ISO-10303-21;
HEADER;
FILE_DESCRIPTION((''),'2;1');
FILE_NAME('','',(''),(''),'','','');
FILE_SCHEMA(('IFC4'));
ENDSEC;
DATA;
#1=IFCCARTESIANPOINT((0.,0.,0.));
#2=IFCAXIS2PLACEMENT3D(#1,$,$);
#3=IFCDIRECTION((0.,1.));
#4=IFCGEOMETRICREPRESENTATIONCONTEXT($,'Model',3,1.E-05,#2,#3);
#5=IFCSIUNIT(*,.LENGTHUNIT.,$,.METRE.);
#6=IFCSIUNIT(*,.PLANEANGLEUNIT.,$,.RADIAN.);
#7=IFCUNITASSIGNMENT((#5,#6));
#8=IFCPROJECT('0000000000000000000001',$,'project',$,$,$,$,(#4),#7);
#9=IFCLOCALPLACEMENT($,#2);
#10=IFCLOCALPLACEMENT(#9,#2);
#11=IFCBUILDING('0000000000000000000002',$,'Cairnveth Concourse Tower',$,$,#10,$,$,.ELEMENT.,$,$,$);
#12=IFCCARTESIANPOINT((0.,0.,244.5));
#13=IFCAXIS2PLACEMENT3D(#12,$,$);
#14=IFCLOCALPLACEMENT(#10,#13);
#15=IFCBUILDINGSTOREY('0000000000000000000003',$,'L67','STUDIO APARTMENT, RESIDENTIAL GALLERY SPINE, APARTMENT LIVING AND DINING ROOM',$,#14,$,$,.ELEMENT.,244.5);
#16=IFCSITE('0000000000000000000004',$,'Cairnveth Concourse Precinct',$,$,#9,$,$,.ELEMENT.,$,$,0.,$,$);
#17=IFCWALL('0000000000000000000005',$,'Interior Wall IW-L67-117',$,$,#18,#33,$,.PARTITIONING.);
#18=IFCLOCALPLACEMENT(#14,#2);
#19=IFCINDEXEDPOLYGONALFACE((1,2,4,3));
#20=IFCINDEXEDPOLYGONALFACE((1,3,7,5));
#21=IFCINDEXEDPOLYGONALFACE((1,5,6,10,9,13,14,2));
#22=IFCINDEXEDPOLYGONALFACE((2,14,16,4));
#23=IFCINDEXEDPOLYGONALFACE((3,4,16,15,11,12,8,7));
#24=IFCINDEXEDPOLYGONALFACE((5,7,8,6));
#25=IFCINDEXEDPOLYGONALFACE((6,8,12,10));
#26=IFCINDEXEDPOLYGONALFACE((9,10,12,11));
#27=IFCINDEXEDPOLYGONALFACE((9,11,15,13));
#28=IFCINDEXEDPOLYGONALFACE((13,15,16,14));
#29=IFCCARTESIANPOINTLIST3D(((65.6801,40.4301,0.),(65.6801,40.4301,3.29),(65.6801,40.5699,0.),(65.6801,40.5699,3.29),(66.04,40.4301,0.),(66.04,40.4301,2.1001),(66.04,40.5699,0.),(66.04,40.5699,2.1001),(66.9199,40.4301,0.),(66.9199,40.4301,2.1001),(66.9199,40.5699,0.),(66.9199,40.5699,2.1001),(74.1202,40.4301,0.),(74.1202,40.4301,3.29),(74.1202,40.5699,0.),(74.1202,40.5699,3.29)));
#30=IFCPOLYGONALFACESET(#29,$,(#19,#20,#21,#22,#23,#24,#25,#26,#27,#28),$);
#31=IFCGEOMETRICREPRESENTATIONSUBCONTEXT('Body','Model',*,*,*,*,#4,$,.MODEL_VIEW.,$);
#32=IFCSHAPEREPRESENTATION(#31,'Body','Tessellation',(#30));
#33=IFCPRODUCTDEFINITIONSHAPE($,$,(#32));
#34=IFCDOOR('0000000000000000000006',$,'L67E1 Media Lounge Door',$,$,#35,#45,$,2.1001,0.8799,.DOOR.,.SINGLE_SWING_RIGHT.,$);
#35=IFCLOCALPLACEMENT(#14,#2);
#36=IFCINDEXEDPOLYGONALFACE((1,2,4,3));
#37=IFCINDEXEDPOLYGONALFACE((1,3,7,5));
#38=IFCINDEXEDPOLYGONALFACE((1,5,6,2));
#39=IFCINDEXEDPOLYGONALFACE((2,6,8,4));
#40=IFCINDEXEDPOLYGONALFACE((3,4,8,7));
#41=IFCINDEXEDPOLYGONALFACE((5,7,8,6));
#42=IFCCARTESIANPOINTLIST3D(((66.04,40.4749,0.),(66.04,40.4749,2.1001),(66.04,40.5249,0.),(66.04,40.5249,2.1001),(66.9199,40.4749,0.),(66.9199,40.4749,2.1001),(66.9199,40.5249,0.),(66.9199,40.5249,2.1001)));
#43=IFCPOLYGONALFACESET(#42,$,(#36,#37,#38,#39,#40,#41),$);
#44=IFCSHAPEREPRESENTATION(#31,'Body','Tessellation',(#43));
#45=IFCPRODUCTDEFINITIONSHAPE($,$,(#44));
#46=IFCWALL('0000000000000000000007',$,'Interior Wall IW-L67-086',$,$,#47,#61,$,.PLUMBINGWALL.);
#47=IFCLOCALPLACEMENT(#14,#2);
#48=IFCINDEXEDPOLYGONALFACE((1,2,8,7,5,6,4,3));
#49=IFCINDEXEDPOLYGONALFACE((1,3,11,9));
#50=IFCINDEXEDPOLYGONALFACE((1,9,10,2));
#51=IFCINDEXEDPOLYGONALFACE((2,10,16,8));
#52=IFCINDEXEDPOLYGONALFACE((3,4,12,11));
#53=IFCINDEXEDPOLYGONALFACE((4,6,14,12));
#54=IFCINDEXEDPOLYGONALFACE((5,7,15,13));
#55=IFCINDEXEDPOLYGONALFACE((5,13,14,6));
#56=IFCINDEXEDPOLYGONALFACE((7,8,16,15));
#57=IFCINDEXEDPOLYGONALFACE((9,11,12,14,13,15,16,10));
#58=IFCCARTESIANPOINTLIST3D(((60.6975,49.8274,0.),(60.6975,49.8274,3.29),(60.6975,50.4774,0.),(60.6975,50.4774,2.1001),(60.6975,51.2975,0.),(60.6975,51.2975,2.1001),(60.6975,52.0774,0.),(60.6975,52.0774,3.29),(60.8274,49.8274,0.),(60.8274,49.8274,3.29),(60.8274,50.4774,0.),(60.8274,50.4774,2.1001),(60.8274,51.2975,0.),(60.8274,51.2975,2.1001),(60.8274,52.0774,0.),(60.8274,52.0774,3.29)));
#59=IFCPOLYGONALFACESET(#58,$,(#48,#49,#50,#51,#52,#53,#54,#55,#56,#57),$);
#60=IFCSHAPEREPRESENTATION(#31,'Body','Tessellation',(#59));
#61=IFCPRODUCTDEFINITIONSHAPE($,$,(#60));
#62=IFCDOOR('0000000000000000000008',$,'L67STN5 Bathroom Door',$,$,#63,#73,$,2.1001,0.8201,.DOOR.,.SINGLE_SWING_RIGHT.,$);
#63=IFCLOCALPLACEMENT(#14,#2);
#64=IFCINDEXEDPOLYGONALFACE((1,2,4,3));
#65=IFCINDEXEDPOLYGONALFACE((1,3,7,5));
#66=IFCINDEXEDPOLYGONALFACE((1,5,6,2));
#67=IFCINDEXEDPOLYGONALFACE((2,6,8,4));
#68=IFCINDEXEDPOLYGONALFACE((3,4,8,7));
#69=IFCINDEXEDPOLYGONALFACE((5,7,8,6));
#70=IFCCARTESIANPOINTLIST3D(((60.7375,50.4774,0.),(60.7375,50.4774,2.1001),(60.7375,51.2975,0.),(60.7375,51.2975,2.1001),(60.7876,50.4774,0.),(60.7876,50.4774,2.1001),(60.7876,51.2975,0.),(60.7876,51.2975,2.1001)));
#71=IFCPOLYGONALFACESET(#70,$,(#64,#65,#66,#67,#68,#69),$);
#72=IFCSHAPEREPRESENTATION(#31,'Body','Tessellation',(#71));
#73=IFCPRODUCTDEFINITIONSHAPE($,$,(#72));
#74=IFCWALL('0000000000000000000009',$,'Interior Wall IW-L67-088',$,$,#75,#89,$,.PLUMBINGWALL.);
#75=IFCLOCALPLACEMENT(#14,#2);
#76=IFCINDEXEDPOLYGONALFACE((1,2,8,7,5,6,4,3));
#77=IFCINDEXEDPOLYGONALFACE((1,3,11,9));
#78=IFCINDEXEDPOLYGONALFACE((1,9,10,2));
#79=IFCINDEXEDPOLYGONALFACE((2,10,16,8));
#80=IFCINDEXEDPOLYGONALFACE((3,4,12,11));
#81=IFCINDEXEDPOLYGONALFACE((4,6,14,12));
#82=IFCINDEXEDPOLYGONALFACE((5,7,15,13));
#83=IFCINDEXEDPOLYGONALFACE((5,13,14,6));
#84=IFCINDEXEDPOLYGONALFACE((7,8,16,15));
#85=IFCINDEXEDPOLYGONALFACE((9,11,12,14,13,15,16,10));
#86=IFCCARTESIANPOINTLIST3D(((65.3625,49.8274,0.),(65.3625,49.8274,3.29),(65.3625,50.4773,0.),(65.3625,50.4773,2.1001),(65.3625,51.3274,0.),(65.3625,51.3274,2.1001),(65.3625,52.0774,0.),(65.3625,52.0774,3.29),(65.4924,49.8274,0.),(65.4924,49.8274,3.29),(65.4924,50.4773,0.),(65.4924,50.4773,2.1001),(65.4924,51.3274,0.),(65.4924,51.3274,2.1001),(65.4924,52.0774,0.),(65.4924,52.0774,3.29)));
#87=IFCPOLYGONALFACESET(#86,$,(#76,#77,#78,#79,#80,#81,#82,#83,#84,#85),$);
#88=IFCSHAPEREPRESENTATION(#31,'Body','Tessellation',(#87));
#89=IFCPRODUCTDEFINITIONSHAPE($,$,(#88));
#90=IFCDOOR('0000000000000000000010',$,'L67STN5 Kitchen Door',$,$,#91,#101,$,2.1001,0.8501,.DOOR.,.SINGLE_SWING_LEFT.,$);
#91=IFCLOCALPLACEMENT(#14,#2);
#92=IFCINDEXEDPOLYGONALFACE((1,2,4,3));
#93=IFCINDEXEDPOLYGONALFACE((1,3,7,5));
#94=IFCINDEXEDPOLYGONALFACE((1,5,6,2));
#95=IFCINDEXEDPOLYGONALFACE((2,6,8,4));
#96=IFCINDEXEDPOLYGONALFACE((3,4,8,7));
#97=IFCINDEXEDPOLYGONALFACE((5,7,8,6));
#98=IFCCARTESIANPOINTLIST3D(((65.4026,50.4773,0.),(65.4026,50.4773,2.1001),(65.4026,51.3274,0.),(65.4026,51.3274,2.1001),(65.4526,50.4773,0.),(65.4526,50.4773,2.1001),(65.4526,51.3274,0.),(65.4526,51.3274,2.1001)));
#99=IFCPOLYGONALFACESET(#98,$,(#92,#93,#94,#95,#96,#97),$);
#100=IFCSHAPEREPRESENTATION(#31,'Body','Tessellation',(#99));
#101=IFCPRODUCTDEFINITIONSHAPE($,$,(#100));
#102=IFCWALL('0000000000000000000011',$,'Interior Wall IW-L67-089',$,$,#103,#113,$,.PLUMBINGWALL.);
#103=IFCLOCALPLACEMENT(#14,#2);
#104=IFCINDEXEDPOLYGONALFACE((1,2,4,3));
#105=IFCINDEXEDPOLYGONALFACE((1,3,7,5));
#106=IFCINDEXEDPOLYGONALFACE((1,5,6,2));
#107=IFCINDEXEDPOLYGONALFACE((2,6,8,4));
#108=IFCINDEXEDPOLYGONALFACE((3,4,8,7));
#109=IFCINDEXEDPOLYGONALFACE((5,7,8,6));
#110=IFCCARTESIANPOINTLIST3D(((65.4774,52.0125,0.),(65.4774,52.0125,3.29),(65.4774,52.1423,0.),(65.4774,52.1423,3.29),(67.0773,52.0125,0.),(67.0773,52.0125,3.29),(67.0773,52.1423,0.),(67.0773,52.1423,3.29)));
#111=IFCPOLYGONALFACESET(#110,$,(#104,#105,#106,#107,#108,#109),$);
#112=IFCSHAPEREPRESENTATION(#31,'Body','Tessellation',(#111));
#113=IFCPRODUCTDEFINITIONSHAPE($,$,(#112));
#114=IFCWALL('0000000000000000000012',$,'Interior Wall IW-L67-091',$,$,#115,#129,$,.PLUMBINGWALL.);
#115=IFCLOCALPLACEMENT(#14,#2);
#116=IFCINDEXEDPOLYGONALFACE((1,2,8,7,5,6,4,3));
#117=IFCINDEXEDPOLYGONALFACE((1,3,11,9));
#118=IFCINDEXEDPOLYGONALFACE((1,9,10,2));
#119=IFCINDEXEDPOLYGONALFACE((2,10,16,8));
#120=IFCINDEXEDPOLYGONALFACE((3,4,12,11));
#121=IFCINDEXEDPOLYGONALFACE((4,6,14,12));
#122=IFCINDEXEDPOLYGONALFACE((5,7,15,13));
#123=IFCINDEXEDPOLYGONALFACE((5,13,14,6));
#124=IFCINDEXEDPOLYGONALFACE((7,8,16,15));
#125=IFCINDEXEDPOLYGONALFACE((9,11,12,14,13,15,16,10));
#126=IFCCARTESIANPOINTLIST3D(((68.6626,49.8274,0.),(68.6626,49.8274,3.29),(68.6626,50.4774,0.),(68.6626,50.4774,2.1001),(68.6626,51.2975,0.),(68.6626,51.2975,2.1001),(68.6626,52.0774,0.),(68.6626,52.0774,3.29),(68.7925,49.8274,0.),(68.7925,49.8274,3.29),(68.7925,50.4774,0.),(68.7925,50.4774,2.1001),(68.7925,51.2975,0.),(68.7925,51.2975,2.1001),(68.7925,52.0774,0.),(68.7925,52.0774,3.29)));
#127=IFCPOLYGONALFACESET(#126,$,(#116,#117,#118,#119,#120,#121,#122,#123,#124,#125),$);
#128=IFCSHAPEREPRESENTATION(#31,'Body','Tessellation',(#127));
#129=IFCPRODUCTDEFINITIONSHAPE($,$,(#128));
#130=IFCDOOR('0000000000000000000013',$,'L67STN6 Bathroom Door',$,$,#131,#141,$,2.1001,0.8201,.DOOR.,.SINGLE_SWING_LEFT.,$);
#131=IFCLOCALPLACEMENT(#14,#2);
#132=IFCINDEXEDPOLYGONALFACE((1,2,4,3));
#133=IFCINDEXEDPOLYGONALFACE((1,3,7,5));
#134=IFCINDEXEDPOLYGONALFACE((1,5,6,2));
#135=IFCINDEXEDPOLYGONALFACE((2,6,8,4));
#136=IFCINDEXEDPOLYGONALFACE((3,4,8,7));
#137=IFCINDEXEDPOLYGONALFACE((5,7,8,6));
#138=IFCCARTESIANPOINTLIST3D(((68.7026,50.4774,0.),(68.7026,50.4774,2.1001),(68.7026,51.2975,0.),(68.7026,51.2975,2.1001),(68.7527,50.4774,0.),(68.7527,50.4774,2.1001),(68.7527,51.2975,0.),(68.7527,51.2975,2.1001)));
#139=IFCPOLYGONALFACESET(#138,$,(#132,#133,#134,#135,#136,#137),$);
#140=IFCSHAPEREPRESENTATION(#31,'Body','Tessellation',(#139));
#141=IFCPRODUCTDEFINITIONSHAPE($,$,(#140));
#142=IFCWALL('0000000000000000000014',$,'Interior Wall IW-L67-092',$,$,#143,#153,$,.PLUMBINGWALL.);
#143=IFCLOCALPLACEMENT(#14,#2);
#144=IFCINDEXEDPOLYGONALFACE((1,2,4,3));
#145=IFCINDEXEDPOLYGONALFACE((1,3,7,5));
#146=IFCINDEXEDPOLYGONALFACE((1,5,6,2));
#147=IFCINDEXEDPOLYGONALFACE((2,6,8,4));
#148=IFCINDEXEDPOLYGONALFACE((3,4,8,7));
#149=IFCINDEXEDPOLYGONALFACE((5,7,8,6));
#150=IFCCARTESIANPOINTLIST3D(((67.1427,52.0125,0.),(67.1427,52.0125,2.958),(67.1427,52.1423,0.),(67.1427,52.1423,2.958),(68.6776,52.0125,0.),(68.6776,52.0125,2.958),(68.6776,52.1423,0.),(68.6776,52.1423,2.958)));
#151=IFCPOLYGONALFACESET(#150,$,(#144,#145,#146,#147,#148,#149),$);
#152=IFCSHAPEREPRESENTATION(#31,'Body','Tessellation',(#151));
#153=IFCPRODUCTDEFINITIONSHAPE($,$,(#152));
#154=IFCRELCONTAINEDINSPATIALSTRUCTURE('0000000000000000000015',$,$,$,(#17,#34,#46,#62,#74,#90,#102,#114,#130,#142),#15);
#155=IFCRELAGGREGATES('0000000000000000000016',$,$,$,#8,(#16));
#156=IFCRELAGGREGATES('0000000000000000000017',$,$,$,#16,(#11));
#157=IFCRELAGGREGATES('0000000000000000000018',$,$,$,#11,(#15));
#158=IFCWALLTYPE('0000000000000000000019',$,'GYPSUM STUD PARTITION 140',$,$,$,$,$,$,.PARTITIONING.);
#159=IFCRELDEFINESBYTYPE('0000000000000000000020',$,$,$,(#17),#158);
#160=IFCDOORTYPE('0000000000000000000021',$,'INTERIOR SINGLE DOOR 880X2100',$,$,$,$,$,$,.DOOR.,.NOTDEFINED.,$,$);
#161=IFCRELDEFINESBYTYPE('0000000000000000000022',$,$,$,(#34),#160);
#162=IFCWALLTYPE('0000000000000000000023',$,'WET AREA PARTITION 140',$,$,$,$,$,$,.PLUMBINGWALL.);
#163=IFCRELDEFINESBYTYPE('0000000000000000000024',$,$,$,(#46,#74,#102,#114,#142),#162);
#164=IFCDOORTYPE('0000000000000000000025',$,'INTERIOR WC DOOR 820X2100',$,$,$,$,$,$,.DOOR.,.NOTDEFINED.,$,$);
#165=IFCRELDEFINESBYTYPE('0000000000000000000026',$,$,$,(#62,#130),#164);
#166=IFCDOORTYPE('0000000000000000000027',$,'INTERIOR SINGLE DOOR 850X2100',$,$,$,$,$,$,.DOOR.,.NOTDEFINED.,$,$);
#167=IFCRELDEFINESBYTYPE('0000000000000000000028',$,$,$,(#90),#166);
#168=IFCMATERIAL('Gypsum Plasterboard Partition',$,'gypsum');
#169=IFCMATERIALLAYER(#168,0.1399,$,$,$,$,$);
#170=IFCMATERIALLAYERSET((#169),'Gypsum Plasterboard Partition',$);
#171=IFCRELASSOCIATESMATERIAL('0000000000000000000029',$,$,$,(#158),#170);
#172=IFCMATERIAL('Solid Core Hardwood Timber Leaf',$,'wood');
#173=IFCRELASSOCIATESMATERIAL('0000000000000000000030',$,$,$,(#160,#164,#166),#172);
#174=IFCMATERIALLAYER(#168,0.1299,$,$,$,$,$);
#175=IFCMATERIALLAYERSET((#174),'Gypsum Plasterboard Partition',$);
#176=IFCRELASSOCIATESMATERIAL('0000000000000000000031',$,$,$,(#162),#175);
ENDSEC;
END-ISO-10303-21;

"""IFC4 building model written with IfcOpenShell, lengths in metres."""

from ifc_helpers import new_model, si_unit, direction, frame, frame_2d, origin, place, context, subcontext, project, spatial, rectangle, extrude, material, layer, layer_set, type_object, element, fill, save


model = new_model("IFC4")

# Units and contexts
model_context = context("Model", 3, precision=1e-05, world=origin(), true_north=direction((0.0, 1.0)))
body_context = subcontext(model_context, "Body", "Model", "MODEL_VIEW")
ifc_project = project(units=[si_unit("LENGTHUNIT", "METRE"), si_unit("PLANEANGLEUNIT", "RADIAN")], contexts=[model_context])

# Site, building, storey
site_placement = place(None, origin())
site = spatial("IfcSite", under=ifc_project, at=site_placement, Name="Cairnveth Concourse Precinct", CompositionType="ELEMENT", RefElevation=0.0)
building_placement = place(site_placement, origin())
building = spatial("IfcBuilding", under=site, at=building_placement, Name="Cairnveth Concourse Tower", CompositionType="ELEMENT")
storey_placement = place(building_placement, frame((0.0, 0.0, 244.5)))
storey = spatial("IfcBuildingStorey", under=building, at=storey_placement, Name="L67", Description="STUDIO APARTMENT, RESIDENTIAL GALLERY SPINE, APARTMENT LIVING AND DINING ROOM", CompositionType="ELEMENT", Elevation=244.5)

# Shared definitions
ifc_material_1 = material(Name="Gypsum Plasterboard Partition", Category="gypsum")

# Walls, openings, doors
ifc_layer_1 = layer(ifc_material_1, 0.1399)
ifc_layer_set_1 = layer_set([ifc_layer_1], Name="Gypsum Plasterboard Partition")
wall_type_1 = type_object("IfcWallType", Name="GYPSUM STUD PARTITION 140", PredefinedType="PARTITIONING", material=ifc_layer_set_1)
ifc_material_2 = material(Name="Solid Core Hardwood Timber Leaf", Category="wood")
door_type_1 = type_object("IfcDoorType", Name="INTERIOR SINGLE DOOR 880X2100", OperationType="NOTDEFINED", PredefinedType="DOOR", material=ifc_material_2)
door_type_2 = type_object("IfcDoorType", Name="INTERIOR WC DOOR 820X2100", OperationType="NOTDEFINED", PredefinedType="DOOR", material=ifc_material_2)
wall_1_placement = place(storey_placement, frame((65.6799, 40.5, 0.0), z_axis=(0.0, 0.0, 1.0), x_axis=(1.0, 0.0, 0.0)))
wall_1 = element("IfcWall", 1, at=wall_1_placement, inside=storey, type_object=wall_type_1, Name="Interior Wall IW-L67-117", PredefinedType="PARTITIONING", context=body_context, shape_type="SweptSolid", body=[
    extrude(rectangle(XDim=8.4402, YDim=0.1399, at=frame_2d((4.2202, 0.0))), origin(), (0.0, 0.0, 1.0), 3.29),
])
opening_1_placement = place(wall_1_placement, frame((0.3601, 0.0, 0.0)))
opening_1 = element("IfcOpeningElement", 2, at=opening_1_placement, cuts=wall_1, PredefinedType="OPENING", context=body_context, shape_type="SweptSolid", body=[
    extrude(rectangle(XDim=0.8799, YDim=2.1001, at=frame_2d((0.4399, 1.05))), frame((0.0, 0.0798, 0.0), z_axis=(0.0, -1.0, 0.0), x_axis=(1.0, 0.0, 0.0)), (0.0, 0.0, 1.0), 0.1599),
])
door_1_placement = place(opening_1_placement, origin())
door_1 = element("IfcDoor", 3, at=door_1_placement, inside=storey, type_object=door_type_1, Name="L67E1 Media Lounge Door", OperationType="SINGLE_SWING_RIGHT", OverallHeight=2.1001, OverallWidth=0.8799, PredefinedType="DOOR", context=body_context, shape_type="SweptSolid", body=[
    extrude(rectangle(XDim=0.8799, YDim=2.1001, at=frame_2d((0.4399, 1.05))), frame((0.0, 0.0249, 0.0), z_axis=(0.0, -1.0, 0.0), x_axis=(1.0, 0.0, 0.0)), (0.0, 0.0, 1.0), 0.05),
])
fill(opening_1, door_1)
ifc_layer_2 = layer(ifc_material_1, 0.1299)
ifc_layer_set_2 = layer_set([ifc_layer_2], Name="Gypsum Plasterboard Partition")
wall_type_2 = type_object("IfcWallType", Name="WET AREA PARTITION 140", PredefinedType="PLUMBINGWALL", material=ifc_layer_set_2)
wall_2_placement = place(storey_placement, frame((60.7625, 49.8274, 0.0), z_axis=(0.0, 0.0, 1.0), x_axis=(0.0, 1.0, 0.0)))
wall_2 = element("IfcWall", 4, at=wall_2_placement, inside=storey, type_object=wall_type_2, Name="Interior Wall IW-L67-086", PredefinedType="PLUMBINGWALL", context=body_context, shape_type="SweptSolid", body=[
    extrude(rectangle(XDim=2.25, YDim=0.1299, at=frame_2d((1.125, 0.0))), origin(), (0.0, 0.0, 1.0), 3.29),
])
opening_2_placement = place(wall_2_placement, frame((0.6499, 0.0, 0.0)))
opening_2 = element("IfcOpeningElement", 5, at=opening_2_placement, cuts=wall_2, PredefinedType="OPENING", context=body_context, shape_type="SweptSolid", body=[
    extrude(rectangle(XDim=0.8201, YDim=2.1001, at=frame_2d((0.4102, 1.05))), frame((0.0, 0.075, 0.0), z_axis=(0.0, -1.0, 0.0), x_axis=(1.0, 0.0, 0.0)), (0.0, 0.0, 1.0), 0.1499),
])
door_2_placement = place(opening_2_placement, origin())
door_2 = element("IfcDoor", 6, at=door_2_placement, inside=storey, type_object=door_type_2, Name="L67STN5 Bathroom Door", OperationType="SINGLE_SWING_RIGHT", OverallHeight=2.1001, OverallWidth=0.8201, PredefinedType="DOOR", context=body_context, shape_type="SweptSolid", body=[
    extrude(rectangle(XDim=0.8201, YDim=2.1001, at=frame_2d((0.4102, 1.05))), frame((0.0, 0.0249, 0.0), z_axis=(0.0, -1.0, 0.0), x_axis=(1.0, 0.0, 0.0)), (0.0, 0.0, 1.0), 0.05),
])
fill(opening_2, door_2)
wall_3_placement = place(storey_placement, frame((65.4275, 49.8274, 0.0), z_axis=(0.0, 0.0, 1.0), x_axis=(0.0, 1.0, 0.0)))
wall_3 = element("IfcWall", 7, at=wall_3_placement, inside=storey, type_object=wall_type_2, Name="Interior Wall IW-L67-088", PredefinedType="PLUMBINGWALL", context=body_context, shape_type="SweptSolid", body=[
    extrude(rectangle(XDim=2.25, YDim=0.1299, at=frame_2d((1.125, 0.0))), origin(), (0.0, 0.0, 1.0), 3.29),
])
opening_3_placement = place(wall_3_placement, frame((0.6499, 0.0, 0.0)))
opening_3 = element("IfcOpeningElement", 8, at=opening_3_placement, cuts=wall_3, PredefinedType="OPENING", context=body_context, shape_type="SweptSolid", body=[
    extrude(rectangle(XDim=0.8501, YDim=2.1001, at=frame_2d((0.425, 1.05))), frame((0.0, 0.075, 0.0), z_axis=(0.0, -1.0, 0.0), x_axis=(1.0, 0.0, 0.0)), (0.0, 0.0, 1.0), 0.1499),
])
door_type_3 = type_object("IfcDoorType", Name="INTERIOR SINGLE DOOR 850X2100", OperationType="NOTDEFINED", PredefinedType="DOOR", material=ifc_material_2)
door_3_placement = place(opening_3_placement, origin())
door_3 = element("IfcDoor", 9, at=door_3_placement, inside=storey, type_object=door_type_3, Name="L67STN5 Kitchen Door", OperationType="SINGLE_SWING_LEFT", OverallHeight=2.1001, OverallWidth=0.8501, PredefinedType="DOOR", context=body_context, shape_type="SweptSolid", body=[
    extrude(rectangle(XDim=0.8501, YDim=2.1001, at=frame_2d((0.425, 1.05))), frame((0.0, 0.0249, 0.0), z_axis=(0.0, -1.0, 0.0), x_axis=(1.0, 0.0, 0.0)), (0.0, 0.0, 1.0), 0.05),
])
fill(opening_3, door_3)

# Wall
wall_4_placement = place(storey_placement, frame((65.4775, 52.0774, 0.0), z_axis=(0.0, 0.0, 1.0), x_axis=(1.0, 0.0, 0.0)))
element("IfcWall", 10, at=wall_4_placement, inside=storey, type_object=wall_type_2, Name="Interior Wall IW-L67-089", PredefinedType="PLUMBINGWALL", context=body_context, shape_type="SweptSolid", body=[
    extrude(rectangle(XDim=1.5999, YDim=0.1299, at=frame_2d((0.7998, 0.0))), origin(), (0.0, 0.0, 1.0), 3.29),
])

# Wall, opening, door
wall_5_placement = place(storey_placement, frame((68.7275, 49.8274, 0.0), z_axis=(0.0, 0.0, 1.0), x_axis=(0.0, 1.0, 0.0)))
wall_5 = element("IfcWall", 11, at=wall_5_placement, inside=storey, type_object=wall_type_2, Name="Interior Wall IW-L67-091", PredefinedType="PLUMBINGWALL", context=body_context, shape_type="SweptSolid", body=[
    extrude(rectangle(XDim=2.25, YDim=0.1299, at=frame_2d((1.125, 0.0))), origin(), (0.0, 0.0, 1.0), 3.29),
])
opening_4_placement = place(wall_5_placement, frame((0.6499, 0.0, 0.0)))
opening_4 = element("IfcOpeningElement", 12, at=opening_4_placement, cuts=wall_5, PredefinedType="OPENING", context=body_context, shape_type="SweptSolid", body=[
    extrude(rectangle(XDim=0.8201, YDim=2.1001, at=frame_2d((0.4102, 1.05))), frame((0.0, 0.075, 0.0), z_axis=(0.0, -1.0, 0.0), x_axis=(1.0, 0.0, 0.0)), (0.0, 0.0, 1.0), 0.1499),
])
door_4_placement = place(opening_4_placement, origin())
door_4 = element("IfcDoor", 13, at=door_4_placement, inside=storey, type_object=door_type_2, Name="L67STN6 Bathroom Door", OperationType="SINGLE_SWING_LEFT", OverallHeight=2.1001, OverallWidth=0.8201, PredefinedType="DOOR", context=body_context, shape_type="SweptSolid", body=[
    extrude(rectangle(XDim=0.8201, YDim=2.1001, at=frame_2d((0.4102, 1.05))), frame((0.0, 0.0249, 0.0), z_axis=(0.0, -1.0, 0.0), x_axis=(1.0, 0.0, 0.0)), (0.0, 0.0, 1.0), 0.05),
])
fill(opening_4, door_4)

# Wall
wall_6_placement = place(storey_placement, frame((67.1426, 52.0774, 0.0), z_axis=(0.0, 0.0, 1.0), x_axis=(1.0, 0.0, 0.0)))
element("IfcWall", 14, at=wall_6_placement, inside=storey, type_object=wall_type_2, Name="Interior Wall IW-L67-092", PredefinedType="PLUMBINGWALL", context=body_context, shape_type="SweptSolid", body=[
    extrude(rectangle(XDim=1.5349, YDim=0.1299, at=frame_2d((0.7676, 0.0))), origin(), (0.0, 0.0, 1.0), 2.958),
])

save(model, "model.ifc")
